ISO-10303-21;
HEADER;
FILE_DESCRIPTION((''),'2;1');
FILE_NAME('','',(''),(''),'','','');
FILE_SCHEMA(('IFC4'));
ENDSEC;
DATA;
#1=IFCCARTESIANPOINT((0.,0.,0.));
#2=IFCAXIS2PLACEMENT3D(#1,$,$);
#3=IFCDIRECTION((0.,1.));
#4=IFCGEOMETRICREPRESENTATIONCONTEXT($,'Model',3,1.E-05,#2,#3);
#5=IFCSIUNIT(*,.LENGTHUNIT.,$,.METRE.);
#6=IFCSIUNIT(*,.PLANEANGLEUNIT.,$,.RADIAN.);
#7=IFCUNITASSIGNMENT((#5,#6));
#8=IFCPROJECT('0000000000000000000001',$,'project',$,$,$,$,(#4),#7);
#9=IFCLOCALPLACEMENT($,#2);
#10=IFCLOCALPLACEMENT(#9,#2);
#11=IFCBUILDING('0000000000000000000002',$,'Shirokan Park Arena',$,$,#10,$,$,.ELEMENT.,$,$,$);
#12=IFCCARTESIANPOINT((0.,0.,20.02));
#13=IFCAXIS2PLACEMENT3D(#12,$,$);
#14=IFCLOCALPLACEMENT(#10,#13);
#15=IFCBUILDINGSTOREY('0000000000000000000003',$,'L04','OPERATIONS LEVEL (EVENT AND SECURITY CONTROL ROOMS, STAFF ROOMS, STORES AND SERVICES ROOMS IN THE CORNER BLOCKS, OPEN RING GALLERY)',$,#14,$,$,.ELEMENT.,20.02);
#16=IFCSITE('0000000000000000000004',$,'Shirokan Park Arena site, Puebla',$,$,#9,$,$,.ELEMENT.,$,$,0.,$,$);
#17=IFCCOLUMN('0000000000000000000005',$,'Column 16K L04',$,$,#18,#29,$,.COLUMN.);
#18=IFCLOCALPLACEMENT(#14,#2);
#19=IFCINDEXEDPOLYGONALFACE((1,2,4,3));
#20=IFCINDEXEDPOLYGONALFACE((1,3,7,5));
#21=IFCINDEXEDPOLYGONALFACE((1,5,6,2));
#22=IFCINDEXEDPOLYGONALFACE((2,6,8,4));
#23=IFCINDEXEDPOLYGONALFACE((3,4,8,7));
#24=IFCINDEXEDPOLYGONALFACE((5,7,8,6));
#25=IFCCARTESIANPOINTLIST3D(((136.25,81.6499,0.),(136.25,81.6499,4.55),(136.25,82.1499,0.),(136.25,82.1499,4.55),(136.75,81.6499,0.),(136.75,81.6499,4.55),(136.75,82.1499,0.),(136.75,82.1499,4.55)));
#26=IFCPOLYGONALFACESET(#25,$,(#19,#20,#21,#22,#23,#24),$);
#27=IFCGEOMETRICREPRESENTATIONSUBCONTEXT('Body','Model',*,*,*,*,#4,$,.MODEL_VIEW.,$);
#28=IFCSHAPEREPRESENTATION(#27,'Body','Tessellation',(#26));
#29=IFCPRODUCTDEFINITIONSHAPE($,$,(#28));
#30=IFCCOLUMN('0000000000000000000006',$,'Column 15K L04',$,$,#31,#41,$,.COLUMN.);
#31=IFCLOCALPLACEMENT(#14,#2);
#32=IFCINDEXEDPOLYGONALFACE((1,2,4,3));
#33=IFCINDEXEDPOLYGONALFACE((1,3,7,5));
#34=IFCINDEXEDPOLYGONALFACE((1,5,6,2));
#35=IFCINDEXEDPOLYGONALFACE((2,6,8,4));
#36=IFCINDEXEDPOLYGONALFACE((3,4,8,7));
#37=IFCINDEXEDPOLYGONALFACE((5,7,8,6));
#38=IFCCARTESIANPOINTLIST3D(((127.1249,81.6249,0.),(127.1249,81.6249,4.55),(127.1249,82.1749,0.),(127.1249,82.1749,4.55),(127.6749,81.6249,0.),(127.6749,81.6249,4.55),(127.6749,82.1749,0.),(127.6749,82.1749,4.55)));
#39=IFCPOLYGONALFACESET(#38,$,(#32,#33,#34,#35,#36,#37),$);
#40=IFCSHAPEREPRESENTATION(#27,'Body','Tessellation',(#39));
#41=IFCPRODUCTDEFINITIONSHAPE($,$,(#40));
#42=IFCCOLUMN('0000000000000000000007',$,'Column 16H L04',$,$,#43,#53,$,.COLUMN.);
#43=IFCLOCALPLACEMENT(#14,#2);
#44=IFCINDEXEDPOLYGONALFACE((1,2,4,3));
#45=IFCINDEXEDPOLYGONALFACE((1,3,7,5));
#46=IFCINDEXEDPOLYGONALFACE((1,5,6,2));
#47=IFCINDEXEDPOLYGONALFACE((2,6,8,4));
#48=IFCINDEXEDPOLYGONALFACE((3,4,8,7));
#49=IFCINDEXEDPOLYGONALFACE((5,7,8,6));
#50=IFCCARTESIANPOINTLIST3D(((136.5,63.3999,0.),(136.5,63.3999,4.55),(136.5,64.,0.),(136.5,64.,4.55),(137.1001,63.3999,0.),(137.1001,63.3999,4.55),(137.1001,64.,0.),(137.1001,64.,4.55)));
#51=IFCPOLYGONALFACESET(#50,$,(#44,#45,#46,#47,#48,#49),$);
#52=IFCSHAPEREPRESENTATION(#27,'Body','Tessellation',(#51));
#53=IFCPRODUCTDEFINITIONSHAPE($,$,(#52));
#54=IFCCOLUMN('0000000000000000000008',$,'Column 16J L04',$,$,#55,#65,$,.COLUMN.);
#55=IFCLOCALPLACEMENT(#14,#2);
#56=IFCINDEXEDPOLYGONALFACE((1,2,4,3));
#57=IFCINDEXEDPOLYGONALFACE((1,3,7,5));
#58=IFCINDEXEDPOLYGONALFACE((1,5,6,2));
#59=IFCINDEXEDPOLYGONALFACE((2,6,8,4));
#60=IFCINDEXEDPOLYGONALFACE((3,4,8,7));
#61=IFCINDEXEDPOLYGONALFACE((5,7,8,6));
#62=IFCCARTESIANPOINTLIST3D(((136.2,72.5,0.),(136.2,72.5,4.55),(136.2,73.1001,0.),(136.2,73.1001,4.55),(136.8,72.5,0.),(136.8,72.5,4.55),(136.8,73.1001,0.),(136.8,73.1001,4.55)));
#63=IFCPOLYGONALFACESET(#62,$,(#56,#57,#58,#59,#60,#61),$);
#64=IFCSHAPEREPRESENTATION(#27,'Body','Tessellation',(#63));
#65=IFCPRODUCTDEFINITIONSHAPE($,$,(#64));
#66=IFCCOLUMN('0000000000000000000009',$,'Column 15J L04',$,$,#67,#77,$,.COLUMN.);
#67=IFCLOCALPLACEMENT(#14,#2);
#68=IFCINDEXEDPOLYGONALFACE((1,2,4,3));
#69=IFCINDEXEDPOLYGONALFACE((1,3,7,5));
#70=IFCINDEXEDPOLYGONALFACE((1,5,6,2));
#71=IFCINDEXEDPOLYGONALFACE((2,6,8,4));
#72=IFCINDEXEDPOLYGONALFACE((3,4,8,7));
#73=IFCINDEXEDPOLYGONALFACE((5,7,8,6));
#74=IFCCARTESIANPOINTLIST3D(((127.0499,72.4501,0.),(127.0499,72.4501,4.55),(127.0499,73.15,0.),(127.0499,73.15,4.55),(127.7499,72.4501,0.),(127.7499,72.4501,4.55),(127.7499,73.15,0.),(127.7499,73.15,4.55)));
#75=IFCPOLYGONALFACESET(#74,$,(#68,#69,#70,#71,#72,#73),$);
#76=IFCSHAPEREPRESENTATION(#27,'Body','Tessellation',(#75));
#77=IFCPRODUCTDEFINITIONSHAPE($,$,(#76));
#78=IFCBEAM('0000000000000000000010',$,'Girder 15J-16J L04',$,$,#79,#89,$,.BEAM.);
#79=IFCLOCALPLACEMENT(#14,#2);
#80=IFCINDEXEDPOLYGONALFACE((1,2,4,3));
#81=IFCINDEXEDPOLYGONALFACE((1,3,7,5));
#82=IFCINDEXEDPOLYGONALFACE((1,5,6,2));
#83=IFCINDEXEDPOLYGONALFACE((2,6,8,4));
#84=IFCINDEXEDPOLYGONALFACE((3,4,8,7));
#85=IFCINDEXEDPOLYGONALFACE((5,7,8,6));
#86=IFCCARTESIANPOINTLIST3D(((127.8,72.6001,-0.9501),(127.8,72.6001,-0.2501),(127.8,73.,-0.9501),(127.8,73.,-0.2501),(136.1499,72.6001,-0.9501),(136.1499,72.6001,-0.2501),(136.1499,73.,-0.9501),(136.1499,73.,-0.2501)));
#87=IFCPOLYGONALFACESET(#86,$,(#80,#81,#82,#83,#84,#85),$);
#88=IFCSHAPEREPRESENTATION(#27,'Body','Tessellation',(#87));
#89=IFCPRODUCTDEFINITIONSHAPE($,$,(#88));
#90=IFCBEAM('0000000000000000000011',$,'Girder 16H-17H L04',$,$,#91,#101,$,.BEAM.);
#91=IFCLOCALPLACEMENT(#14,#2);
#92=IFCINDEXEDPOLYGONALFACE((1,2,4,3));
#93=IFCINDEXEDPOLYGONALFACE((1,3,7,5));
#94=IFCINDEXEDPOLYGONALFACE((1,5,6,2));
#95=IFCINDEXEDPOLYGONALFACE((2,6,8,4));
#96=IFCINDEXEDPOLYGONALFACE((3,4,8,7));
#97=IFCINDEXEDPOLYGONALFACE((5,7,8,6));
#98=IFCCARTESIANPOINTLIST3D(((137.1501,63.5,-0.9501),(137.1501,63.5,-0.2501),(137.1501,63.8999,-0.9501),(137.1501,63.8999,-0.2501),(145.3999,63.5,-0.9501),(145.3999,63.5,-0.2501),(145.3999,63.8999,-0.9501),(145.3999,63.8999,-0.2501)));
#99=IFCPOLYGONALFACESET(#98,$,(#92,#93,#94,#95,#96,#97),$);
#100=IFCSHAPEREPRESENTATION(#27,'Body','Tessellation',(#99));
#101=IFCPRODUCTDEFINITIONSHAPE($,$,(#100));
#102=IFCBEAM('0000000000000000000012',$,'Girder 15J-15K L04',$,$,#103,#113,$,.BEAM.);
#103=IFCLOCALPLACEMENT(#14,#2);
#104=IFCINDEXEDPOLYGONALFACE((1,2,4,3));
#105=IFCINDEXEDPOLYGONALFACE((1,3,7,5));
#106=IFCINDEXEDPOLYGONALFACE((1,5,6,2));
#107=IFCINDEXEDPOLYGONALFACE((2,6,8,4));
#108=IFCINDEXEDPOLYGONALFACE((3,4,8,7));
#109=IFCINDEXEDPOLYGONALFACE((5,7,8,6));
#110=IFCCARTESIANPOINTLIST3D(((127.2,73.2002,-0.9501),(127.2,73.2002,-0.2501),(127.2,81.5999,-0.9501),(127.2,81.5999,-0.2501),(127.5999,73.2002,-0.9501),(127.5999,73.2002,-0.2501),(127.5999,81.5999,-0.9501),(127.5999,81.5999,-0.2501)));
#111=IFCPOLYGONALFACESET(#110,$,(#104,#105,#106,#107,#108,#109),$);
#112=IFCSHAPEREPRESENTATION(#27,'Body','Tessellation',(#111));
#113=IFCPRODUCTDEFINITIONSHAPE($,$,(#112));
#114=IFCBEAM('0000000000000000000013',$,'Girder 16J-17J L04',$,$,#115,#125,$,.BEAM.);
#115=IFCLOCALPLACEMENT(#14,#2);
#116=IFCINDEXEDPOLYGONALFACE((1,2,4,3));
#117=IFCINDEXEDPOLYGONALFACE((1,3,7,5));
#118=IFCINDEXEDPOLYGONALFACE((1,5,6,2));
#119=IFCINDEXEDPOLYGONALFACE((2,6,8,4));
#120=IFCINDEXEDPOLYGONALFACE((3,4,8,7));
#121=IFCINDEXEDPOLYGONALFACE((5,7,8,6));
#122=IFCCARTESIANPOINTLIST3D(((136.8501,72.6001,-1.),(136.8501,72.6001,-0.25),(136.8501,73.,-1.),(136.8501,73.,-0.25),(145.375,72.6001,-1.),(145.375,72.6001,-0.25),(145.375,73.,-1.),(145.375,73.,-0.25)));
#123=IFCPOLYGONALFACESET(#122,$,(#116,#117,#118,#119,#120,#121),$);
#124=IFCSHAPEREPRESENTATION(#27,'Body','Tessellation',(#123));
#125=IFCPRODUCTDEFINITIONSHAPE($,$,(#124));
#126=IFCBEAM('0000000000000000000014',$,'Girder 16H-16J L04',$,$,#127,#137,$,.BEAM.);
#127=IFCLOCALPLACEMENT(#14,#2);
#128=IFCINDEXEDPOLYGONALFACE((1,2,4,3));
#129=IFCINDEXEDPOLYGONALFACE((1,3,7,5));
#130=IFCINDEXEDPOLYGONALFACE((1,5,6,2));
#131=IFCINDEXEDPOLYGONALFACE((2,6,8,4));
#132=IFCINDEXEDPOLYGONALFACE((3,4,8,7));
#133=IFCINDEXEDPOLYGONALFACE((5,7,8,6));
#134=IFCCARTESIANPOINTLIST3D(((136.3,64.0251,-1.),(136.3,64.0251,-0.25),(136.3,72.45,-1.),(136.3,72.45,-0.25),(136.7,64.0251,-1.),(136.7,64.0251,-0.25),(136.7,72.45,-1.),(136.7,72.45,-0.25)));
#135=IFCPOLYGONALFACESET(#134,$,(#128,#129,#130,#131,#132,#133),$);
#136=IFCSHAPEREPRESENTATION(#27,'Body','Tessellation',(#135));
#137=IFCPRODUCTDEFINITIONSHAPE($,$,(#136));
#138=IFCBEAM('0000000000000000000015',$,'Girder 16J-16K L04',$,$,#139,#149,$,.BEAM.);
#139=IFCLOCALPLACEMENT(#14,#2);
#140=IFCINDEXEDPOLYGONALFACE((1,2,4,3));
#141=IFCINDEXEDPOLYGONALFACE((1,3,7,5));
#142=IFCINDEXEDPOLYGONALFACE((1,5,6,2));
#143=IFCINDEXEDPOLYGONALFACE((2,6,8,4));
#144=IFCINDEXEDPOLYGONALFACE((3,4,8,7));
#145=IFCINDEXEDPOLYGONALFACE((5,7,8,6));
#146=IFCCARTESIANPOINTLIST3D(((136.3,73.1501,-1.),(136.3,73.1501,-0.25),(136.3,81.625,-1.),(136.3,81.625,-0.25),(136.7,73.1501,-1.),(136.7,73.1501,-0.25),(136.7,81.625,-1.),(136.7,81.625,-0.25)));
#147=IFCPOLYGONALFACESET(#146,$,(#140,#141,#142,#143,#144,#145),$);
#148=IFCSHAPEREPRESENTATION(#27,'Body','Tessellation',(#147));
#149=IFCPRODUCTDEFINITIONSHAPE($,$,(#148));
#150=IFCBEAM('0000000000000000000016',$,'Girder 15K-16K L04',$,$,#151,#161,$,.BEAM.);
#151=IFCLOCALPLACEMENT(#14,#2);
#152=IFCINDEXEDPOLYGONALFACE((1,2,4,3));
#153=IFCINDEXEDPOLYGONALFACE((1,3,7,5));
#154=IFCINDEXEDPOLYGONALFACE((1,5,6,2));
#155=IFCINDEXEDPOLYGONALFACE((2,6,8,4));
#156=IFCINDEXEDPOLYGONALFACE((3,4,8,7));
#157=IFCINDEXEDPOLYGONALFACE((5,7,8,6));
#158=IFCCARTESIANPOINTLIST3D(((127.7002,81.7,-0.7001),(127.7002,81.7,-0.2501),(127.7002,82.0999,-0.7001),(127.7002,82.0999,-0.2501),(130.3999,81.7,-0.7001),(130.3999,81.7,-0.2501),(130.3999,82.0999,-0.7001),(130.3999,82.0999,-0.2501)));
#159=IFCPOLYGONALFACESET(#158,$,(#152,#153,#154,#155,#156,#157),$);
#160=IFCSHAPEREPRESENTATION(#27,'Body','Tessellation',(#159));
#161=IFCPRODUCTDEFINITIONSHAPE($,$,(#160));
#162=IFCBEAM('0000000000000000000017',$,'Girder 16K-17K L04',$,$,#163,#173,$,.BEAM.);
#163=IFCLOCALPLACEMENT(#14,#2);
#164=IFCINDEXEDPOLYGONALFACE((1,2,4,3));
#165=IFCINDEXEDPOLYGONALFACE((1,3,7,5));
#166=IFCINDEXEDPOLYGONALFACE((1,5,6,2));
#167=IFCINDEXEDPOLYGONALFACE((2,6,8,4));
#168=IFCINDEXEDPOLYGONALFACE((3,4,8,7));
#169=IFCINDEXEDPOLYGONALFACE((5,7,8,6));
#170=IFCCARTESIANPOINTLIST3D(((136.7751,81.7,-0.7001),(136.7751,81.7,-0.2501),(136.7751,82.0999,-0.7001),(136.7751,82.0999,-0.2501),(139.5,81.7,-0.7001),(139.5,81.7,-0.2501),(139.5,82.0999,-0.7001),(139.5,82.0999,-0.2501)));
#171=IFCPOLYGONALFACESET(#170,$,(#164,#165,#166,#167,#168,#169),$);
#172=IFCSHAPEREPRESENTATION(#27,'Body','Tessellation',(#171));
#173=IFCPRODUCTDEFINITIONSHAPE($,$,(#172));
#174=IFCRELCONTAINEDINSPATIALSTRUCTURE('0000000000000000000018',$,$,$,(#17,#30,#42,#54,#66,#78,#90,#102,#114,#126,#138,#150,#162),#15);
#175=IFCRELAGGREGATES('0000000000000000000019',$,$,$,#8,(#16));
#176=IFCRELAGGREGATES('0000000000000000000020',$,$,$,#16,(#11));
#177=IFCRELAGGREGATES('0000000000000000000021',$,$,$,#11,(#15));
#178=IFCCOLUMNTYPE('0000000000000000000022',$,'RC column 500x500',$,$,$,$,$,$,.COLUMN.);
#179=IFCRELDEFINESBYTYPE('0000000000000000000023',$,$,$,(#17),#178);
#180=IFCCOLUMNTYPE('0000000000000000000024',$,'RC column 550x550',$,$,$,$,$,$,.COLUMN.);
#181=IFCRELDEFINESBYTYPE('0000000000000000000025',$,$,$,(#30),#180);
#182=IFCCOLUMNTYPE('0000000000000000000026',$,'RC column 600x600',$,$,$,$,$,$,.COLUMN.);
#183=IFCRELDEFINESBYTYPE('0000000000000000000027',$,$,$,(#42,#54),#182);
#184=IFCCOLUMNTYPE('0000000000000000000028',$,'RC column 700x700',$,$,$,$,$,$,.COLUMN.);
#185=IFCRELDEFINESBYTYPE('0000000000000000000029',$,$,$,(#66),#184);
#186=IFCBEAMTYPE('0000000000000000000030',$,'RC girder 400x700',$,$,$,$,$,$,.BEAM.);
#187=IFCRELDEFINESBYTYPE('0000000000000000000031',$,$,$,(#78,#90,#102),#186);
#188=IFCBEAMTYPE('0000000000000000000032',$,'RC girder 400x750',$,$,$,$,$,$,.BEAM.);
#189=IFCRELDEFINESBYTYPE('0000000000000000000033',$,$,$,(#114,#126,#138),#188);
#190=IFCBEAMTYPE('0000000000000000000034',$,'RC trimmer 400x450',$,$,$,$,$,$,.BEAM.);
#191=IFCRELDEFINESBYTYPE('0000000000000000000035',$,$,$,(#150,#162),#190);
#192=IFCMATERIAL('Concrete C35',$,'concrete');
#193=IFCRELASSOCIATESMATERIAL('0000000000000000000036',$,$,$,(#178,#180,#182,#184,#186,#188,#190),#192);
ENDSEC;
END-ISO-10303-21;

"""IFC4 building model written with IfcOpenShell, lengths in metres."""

from ifc_helpers import new_model, si_unit, direction, frame, origin, origin_2d, place, context, subcontext, project, spatial, rectangle, extrude, material, material_profile, profile_set, type_object, element, save


model = new_model("IFC4")

# Units and contexts
model_context = context("Model", 3, precision=1e-05, world=origin(), true_north=direction((0.0, 1.0)))
body_context = subcontext(model_context, "Body", "Model", "MODEL_VIEW")
ifc_project = project(units=[si_unit("LENGTHUNIT", "METRE"), si_unit("PLANEANGLEUNIT", "RADIAN")], contexts=[model_context])

# Site, building, storey
site_placement = place(None, origin())
site = spatial("IfcSite", under=ifc_project, at=site_placement, Name="Shirokan Park Arena site, Puebla", CompositionType="ELEMENT", RefElevation=0.0)
building_placement = place(site_placement, origin())
building = spatial("IfcBuilding", under=site, at=building_placement, Name="Shirokan Park Arena", CompositionType="ELEMENT")
storey_placement = place(building_placement, frame((0.0, 0.0, 20.02)))
storey = spatial("IfcBuildingStorey", under=building, at=storey_placement, Name="L04", Description="OPERATIONS LEVEL (EVENT AND SECURITY CONTROL ROOMS, STAFF ROOMS, STORES AND SERVICES ROOMS IN THE CORNER BLOCKS, OPEN RING GALLERY)", CompositionType="ELEMENT", Elevation=20.02)

# Columns
ifc_material_1 = material(Name="Concrete C35", Category="concrete")
ifc_material_profile_1 = material_profile(ifc_material_1, rectangle(XDim=0.5, YDim=0.5, at=origin_2d()), Name="500x500")
ifc_profile_set_1 = profile_set([ifc_material_profile_1], Name="Concrete C35")
column_type_1 = type_object("IfcColumnType", Name="RC column 500x500", PredefinedType="COLUMN", material=ifc_profile_set_1)
column_1_placement = place(storey_placement, frame((136.5, 81.8999, 0.0), z_axis=(0.0, 0.0, 1.0), x_axis=(1.0, 0.0, 0.0)))
element("IfcColumn", 1, at=column_1_placement, inside=storey, type_object=column_type_1, Name="Column 16K L04", PredefinedType="COLUMN", context=body_context, shape_type="SweptSolid", body=[
    extrude(rectangle(XDim=0.5, YDim=0.5, at=origin_2d()), origin(), (0.0, 0.0, 1.0), 4.55),
])
ifc_material_profile_2 = material_profile(ifc_material_1, rectangle(XDim=0.55, YDim=0.55, at=origin_2d()), Name="550x550")
ifc_profile_set_2 = profile_set([ifc_material_profile_2], Name="Concrete C35")
column_type_2 = type_object("IfcColumnType", Name="RC column 550x550", PredefinedType="COLUMN", material=ifc_profile_set_2)
column_2_placement = place(storey_placement, frame((127.3999, 81.8999, 0.0), z_axis=(0.0, 0.0, 1.0), x_axis=(1.0, 0.0, 0.0)))
element("IfcColumn", 2, at=column_2_placement, inside=storey, type_object=column_type_2, Name="Column 15K L04", PredefinedType="COLUMN", context=body_context, shape_type="SweptSolid", body=[
    extrude(rectangle(XDim=0.55, YDim=0.55, at=origin_2d()), origin(), (0.0, 0.0, 1.0), 4.55),
])
ifc_material_profile_3 = material_profile(ifc_material_1, rectangle(XDim=0.6001, YDim=0.6001, at=origin_2d()), Name="600x600")
ifc_profile_set_3 = profile_set([ifc_material_profile_3], Name="Concrete C35")
column_type_3 = type_object("IfcColumnType", Name="RC column 600x600", PredefinedType="COLUMN", material=ifc_profile_set_3)
for number, where, z_axis, x_axis, name in (
    (3, (136.8, 63.7, 0.0), (0.0, 0.0, 1.0), (1.0, 0.0, 0.0), "Column 16H L04"),
    (4, (136.5, 72.8, 0.0), (0.0, 0.0, 1.0), (1.0, 0.0, 0.0), "Column 16J L04"),
):
    element("IfcColumn", number, at=place(storey_placement, frame(where, z_axis=z_axis, x_axis=x_axis)), inside=storey, type_object=column_type_3, Name=name, PredefinedType="COLUMN", context=body_context, shape_type="SweptSolid", body=[
        extrude(rectangle(XDim=0.6001, YDim=0.6001, at=origin_2d()), origin(), (0.0, 0.0, 1.0), 4.55),
    ])
ifc_material_profile_4 = material_profile(ifc_material_1, rectangle(XDim=0.7, YDim=0.7, at=origin_2d()), Name="700x700")
ifc_profile_set_4 = profile_set([ifc_material_profile_4], Name="Concrete C35")
column_type_4 = type_object("IfcColumnType", Name="RC column 700x700", PredefinedType="COLUMN", material=ifc_profile_set_4)
column_3_placement = place(storey_placement, frame((127.3999, 72.8, 0.0), z_axis=(0.0, 0.0, 1.0), x_axis=(1.0, 0.0, 0.0)))
element("IfcColumn", 5, at=column_3_placement, inside=storey, type_object=column_type_4, Name="Column 15J L04", PredefinedType="COLUMN", context=body_context, shape_type="SweptSolid", body=[
    extrude(rectangle(XDim=0.7, YDim=0.7, at=origin_2d()), origin(), (0.0, 0.0, 1.0), 4.55),
])

# Beams
ifc_material_profile_5 = material_profile(ifc_material_1, rectangle(XDim=0.3999, YDim=0.7, at=origin_2d()), Name="400x700")
ifc_profile_set_5 = profile_set([ifc_material_profile_5], Name="Concrete C35")
beam_type_1 = type_object("IfcBeamType", Name="RC girder 400x700", PredefinedType="BEAM", material=ifc_profile_set_5)
beam_1_placement = place(storey_placement, frame((127.8, 72.8, -0.6001), z_axis=(1.0, 0.0, 0.0), x_axis=(0.0, 1.0, 0.0)))
element("IfcBeam", 6, at=beam_1_placement, inside=storey, type_object=beam_type_1, Name="Girder 15J-16J L04", PredefinedType="BEAM", context=body_context, shape_type="SweptSolid", body=[
    extrude(rectangle(XDim=0.3999, YDim=0.7, at=origin_2d()), origin(), (0.0, 0.0, 1.0), 8.3499),
])
beam_2_placement = place(storey_placement, frame((137.1501, 63.7, -0.6001), z_axis=(1.0, 0.0, 0.0), x_axis=(0.0, 1.0, 0.0)))
element("IfcBeam", 7, at=beam_2_placement, inside=storey, type_object=beam_type_1, Name="Girder 16H-17H L04", PredefinedType="BEAM", context=body_context, shape_type="SweptSolid", body=[
    extrude(rectangle(XDim=0.3999, YDim=0.7, at=origin_2d()), origin(), (0.0, 0.0, 1.0), 8.2498),
])
beam_3_placement = place(storey_placement, frame((127.3999, 73.2002, -0.6001), z_axis=(0.0, 1.0, 0.0), x_axis=(-1.0, 0.0, 0.0)))
element("IfcBeam", 8, at=beam_3_placement, inside=storey, type_object=beam_type_1, Name="Girder 15J-15K L04", PredefinedType="BEAM", context=body_context, shape_type="SweptSolid", body=[
    extrude(rectangle(XDim=0.3999, YDim=0.7, at=origin_2d()), origin(), (0.0, 0.0, 1.0), 8.3997),
])
ifc_material_profile_6 = material_profile(ifc_material_1, rectangle(XDim=0.3999, YDim=0.75, at=origin_2d()), Name="400x750")
ifc_profile_set_6 = profile_set([ifc_material_profile_6], Name="Concrete C35")
beam_type_2 = type_object("IfcBeamType", Name="RC girder 400x750", PredefinedType="BEAM", material=ifc_profile_set_6)
beam_4_placement = place(storey_placement, frame((136.8501, 72.8, -0.625), z_axis=(1.0, 0.0, 0.0), x_axis=(0.0, 1.0, 0.0)))
element("IfcBeam", 9, at=beam_4_placement, inside=storey, type_object=beam_type_2, Name="Girder 16J-17J L04", PredefinedType="BEAM", context=body_context, shape_type="SweptSolid", body=[
    extrude(rectangle(XDim=0.3999, YDim=0.75, at=origin_2d()), origin(), (0.0, 0.0, 1.0), 8.5249),
])
beam_5_placement = place(storey_placement, frame((136.5, 64.0251, -0.625), z_axis=(0.0, 1.0, 0.0), x_axis=(-1.0, 0.0, 0.0)))
element("IfcBeam", 10, at=beam_5_placement, inside=storey, type_object=beam_type_2, Name="Girder 16H-16J L04", PredefinedType="BEAM", context=body_context, shape_type="SweptSolid", body=[
    extrude(rectangle(XDim=0.3999, YDim=0.75, at=origin_2d()), origin(), (0.0, 0.0, 1.0), 8.4248),
])
beam_6_placement = place(storey_placement, frame((136.5, 73.1501, -0.625), z_axis=(0.0, 1.0, 0.0), x_axis=(-1.0, 0.0, 0.0)))
element("IfcBeam", 11, at=beam_6_placement, inside=storey, type_object=beam_type_2, Name="Girder 16J-16K L04", PredefinedType="BEAM", context=body_context, shape_type="SweptSolid", body=[
    extrude(rectangle(XDim=0.3999, YDim=0.75, at=origin_2d()), origin(), (0.0, 0.0, 1.0), 8.4749),
])
ifc_material_profile_7 = material_profile(ifc_material_1, rectangle(XDim=0.3999, YDim=0.45, at=origin_2d()), Name="400x450")
ifc_profile_set_7 = profile_set([ifc_material_profile_7], Name="Concrete C35")
beam_type_3 = type_object("IfcBeamType", Name="RC trimmer 400x450", PredefinedType="BEAM", material=ifc_profile_set_7)
beam_7_placement = place(storey_placement, frame((127.7002, 81.8999, -0.4751), z_axis=(1.0, 0.0, 0.0), x_axis=(0.0, 1.0, 0.0)))
element("IfcBeam", 12, at=beam_7_placement, inside=storey, type_object=beam_type_3, Name="Girder 15K-16K L04", PredefinedType="BEAM", context=body_context, shape_type="SweptSolid", body=[
    extrude(rectangle(XDim=0.3999, YDim=0.45, at=origin_2d()), origin(), (0.0, 0.0, 1.0), 2.6997),
])
beam_8_placement = place(storey_placement, frame((136.7751, 81.8999, -0.4751), z_axis=(1.0, 0.0, 0.0), x_axis=(0.0, 1.0, 0.0)))
element("IfcBeam", 13, at=beam_8_placement, inside=storey, type_object=beam_type_3, Name="Girder 16K-17K L04", PredefinedType="BEAM", context=body_context, shape_type="SweptSolid", body=[
    extrude(rectangle(XDim=0.3999, YDim=0.45, at=origin_2d()), origin(), (0.0, 0.0, 1.0), 2.7249),
])

save(model, "model.ifc")
